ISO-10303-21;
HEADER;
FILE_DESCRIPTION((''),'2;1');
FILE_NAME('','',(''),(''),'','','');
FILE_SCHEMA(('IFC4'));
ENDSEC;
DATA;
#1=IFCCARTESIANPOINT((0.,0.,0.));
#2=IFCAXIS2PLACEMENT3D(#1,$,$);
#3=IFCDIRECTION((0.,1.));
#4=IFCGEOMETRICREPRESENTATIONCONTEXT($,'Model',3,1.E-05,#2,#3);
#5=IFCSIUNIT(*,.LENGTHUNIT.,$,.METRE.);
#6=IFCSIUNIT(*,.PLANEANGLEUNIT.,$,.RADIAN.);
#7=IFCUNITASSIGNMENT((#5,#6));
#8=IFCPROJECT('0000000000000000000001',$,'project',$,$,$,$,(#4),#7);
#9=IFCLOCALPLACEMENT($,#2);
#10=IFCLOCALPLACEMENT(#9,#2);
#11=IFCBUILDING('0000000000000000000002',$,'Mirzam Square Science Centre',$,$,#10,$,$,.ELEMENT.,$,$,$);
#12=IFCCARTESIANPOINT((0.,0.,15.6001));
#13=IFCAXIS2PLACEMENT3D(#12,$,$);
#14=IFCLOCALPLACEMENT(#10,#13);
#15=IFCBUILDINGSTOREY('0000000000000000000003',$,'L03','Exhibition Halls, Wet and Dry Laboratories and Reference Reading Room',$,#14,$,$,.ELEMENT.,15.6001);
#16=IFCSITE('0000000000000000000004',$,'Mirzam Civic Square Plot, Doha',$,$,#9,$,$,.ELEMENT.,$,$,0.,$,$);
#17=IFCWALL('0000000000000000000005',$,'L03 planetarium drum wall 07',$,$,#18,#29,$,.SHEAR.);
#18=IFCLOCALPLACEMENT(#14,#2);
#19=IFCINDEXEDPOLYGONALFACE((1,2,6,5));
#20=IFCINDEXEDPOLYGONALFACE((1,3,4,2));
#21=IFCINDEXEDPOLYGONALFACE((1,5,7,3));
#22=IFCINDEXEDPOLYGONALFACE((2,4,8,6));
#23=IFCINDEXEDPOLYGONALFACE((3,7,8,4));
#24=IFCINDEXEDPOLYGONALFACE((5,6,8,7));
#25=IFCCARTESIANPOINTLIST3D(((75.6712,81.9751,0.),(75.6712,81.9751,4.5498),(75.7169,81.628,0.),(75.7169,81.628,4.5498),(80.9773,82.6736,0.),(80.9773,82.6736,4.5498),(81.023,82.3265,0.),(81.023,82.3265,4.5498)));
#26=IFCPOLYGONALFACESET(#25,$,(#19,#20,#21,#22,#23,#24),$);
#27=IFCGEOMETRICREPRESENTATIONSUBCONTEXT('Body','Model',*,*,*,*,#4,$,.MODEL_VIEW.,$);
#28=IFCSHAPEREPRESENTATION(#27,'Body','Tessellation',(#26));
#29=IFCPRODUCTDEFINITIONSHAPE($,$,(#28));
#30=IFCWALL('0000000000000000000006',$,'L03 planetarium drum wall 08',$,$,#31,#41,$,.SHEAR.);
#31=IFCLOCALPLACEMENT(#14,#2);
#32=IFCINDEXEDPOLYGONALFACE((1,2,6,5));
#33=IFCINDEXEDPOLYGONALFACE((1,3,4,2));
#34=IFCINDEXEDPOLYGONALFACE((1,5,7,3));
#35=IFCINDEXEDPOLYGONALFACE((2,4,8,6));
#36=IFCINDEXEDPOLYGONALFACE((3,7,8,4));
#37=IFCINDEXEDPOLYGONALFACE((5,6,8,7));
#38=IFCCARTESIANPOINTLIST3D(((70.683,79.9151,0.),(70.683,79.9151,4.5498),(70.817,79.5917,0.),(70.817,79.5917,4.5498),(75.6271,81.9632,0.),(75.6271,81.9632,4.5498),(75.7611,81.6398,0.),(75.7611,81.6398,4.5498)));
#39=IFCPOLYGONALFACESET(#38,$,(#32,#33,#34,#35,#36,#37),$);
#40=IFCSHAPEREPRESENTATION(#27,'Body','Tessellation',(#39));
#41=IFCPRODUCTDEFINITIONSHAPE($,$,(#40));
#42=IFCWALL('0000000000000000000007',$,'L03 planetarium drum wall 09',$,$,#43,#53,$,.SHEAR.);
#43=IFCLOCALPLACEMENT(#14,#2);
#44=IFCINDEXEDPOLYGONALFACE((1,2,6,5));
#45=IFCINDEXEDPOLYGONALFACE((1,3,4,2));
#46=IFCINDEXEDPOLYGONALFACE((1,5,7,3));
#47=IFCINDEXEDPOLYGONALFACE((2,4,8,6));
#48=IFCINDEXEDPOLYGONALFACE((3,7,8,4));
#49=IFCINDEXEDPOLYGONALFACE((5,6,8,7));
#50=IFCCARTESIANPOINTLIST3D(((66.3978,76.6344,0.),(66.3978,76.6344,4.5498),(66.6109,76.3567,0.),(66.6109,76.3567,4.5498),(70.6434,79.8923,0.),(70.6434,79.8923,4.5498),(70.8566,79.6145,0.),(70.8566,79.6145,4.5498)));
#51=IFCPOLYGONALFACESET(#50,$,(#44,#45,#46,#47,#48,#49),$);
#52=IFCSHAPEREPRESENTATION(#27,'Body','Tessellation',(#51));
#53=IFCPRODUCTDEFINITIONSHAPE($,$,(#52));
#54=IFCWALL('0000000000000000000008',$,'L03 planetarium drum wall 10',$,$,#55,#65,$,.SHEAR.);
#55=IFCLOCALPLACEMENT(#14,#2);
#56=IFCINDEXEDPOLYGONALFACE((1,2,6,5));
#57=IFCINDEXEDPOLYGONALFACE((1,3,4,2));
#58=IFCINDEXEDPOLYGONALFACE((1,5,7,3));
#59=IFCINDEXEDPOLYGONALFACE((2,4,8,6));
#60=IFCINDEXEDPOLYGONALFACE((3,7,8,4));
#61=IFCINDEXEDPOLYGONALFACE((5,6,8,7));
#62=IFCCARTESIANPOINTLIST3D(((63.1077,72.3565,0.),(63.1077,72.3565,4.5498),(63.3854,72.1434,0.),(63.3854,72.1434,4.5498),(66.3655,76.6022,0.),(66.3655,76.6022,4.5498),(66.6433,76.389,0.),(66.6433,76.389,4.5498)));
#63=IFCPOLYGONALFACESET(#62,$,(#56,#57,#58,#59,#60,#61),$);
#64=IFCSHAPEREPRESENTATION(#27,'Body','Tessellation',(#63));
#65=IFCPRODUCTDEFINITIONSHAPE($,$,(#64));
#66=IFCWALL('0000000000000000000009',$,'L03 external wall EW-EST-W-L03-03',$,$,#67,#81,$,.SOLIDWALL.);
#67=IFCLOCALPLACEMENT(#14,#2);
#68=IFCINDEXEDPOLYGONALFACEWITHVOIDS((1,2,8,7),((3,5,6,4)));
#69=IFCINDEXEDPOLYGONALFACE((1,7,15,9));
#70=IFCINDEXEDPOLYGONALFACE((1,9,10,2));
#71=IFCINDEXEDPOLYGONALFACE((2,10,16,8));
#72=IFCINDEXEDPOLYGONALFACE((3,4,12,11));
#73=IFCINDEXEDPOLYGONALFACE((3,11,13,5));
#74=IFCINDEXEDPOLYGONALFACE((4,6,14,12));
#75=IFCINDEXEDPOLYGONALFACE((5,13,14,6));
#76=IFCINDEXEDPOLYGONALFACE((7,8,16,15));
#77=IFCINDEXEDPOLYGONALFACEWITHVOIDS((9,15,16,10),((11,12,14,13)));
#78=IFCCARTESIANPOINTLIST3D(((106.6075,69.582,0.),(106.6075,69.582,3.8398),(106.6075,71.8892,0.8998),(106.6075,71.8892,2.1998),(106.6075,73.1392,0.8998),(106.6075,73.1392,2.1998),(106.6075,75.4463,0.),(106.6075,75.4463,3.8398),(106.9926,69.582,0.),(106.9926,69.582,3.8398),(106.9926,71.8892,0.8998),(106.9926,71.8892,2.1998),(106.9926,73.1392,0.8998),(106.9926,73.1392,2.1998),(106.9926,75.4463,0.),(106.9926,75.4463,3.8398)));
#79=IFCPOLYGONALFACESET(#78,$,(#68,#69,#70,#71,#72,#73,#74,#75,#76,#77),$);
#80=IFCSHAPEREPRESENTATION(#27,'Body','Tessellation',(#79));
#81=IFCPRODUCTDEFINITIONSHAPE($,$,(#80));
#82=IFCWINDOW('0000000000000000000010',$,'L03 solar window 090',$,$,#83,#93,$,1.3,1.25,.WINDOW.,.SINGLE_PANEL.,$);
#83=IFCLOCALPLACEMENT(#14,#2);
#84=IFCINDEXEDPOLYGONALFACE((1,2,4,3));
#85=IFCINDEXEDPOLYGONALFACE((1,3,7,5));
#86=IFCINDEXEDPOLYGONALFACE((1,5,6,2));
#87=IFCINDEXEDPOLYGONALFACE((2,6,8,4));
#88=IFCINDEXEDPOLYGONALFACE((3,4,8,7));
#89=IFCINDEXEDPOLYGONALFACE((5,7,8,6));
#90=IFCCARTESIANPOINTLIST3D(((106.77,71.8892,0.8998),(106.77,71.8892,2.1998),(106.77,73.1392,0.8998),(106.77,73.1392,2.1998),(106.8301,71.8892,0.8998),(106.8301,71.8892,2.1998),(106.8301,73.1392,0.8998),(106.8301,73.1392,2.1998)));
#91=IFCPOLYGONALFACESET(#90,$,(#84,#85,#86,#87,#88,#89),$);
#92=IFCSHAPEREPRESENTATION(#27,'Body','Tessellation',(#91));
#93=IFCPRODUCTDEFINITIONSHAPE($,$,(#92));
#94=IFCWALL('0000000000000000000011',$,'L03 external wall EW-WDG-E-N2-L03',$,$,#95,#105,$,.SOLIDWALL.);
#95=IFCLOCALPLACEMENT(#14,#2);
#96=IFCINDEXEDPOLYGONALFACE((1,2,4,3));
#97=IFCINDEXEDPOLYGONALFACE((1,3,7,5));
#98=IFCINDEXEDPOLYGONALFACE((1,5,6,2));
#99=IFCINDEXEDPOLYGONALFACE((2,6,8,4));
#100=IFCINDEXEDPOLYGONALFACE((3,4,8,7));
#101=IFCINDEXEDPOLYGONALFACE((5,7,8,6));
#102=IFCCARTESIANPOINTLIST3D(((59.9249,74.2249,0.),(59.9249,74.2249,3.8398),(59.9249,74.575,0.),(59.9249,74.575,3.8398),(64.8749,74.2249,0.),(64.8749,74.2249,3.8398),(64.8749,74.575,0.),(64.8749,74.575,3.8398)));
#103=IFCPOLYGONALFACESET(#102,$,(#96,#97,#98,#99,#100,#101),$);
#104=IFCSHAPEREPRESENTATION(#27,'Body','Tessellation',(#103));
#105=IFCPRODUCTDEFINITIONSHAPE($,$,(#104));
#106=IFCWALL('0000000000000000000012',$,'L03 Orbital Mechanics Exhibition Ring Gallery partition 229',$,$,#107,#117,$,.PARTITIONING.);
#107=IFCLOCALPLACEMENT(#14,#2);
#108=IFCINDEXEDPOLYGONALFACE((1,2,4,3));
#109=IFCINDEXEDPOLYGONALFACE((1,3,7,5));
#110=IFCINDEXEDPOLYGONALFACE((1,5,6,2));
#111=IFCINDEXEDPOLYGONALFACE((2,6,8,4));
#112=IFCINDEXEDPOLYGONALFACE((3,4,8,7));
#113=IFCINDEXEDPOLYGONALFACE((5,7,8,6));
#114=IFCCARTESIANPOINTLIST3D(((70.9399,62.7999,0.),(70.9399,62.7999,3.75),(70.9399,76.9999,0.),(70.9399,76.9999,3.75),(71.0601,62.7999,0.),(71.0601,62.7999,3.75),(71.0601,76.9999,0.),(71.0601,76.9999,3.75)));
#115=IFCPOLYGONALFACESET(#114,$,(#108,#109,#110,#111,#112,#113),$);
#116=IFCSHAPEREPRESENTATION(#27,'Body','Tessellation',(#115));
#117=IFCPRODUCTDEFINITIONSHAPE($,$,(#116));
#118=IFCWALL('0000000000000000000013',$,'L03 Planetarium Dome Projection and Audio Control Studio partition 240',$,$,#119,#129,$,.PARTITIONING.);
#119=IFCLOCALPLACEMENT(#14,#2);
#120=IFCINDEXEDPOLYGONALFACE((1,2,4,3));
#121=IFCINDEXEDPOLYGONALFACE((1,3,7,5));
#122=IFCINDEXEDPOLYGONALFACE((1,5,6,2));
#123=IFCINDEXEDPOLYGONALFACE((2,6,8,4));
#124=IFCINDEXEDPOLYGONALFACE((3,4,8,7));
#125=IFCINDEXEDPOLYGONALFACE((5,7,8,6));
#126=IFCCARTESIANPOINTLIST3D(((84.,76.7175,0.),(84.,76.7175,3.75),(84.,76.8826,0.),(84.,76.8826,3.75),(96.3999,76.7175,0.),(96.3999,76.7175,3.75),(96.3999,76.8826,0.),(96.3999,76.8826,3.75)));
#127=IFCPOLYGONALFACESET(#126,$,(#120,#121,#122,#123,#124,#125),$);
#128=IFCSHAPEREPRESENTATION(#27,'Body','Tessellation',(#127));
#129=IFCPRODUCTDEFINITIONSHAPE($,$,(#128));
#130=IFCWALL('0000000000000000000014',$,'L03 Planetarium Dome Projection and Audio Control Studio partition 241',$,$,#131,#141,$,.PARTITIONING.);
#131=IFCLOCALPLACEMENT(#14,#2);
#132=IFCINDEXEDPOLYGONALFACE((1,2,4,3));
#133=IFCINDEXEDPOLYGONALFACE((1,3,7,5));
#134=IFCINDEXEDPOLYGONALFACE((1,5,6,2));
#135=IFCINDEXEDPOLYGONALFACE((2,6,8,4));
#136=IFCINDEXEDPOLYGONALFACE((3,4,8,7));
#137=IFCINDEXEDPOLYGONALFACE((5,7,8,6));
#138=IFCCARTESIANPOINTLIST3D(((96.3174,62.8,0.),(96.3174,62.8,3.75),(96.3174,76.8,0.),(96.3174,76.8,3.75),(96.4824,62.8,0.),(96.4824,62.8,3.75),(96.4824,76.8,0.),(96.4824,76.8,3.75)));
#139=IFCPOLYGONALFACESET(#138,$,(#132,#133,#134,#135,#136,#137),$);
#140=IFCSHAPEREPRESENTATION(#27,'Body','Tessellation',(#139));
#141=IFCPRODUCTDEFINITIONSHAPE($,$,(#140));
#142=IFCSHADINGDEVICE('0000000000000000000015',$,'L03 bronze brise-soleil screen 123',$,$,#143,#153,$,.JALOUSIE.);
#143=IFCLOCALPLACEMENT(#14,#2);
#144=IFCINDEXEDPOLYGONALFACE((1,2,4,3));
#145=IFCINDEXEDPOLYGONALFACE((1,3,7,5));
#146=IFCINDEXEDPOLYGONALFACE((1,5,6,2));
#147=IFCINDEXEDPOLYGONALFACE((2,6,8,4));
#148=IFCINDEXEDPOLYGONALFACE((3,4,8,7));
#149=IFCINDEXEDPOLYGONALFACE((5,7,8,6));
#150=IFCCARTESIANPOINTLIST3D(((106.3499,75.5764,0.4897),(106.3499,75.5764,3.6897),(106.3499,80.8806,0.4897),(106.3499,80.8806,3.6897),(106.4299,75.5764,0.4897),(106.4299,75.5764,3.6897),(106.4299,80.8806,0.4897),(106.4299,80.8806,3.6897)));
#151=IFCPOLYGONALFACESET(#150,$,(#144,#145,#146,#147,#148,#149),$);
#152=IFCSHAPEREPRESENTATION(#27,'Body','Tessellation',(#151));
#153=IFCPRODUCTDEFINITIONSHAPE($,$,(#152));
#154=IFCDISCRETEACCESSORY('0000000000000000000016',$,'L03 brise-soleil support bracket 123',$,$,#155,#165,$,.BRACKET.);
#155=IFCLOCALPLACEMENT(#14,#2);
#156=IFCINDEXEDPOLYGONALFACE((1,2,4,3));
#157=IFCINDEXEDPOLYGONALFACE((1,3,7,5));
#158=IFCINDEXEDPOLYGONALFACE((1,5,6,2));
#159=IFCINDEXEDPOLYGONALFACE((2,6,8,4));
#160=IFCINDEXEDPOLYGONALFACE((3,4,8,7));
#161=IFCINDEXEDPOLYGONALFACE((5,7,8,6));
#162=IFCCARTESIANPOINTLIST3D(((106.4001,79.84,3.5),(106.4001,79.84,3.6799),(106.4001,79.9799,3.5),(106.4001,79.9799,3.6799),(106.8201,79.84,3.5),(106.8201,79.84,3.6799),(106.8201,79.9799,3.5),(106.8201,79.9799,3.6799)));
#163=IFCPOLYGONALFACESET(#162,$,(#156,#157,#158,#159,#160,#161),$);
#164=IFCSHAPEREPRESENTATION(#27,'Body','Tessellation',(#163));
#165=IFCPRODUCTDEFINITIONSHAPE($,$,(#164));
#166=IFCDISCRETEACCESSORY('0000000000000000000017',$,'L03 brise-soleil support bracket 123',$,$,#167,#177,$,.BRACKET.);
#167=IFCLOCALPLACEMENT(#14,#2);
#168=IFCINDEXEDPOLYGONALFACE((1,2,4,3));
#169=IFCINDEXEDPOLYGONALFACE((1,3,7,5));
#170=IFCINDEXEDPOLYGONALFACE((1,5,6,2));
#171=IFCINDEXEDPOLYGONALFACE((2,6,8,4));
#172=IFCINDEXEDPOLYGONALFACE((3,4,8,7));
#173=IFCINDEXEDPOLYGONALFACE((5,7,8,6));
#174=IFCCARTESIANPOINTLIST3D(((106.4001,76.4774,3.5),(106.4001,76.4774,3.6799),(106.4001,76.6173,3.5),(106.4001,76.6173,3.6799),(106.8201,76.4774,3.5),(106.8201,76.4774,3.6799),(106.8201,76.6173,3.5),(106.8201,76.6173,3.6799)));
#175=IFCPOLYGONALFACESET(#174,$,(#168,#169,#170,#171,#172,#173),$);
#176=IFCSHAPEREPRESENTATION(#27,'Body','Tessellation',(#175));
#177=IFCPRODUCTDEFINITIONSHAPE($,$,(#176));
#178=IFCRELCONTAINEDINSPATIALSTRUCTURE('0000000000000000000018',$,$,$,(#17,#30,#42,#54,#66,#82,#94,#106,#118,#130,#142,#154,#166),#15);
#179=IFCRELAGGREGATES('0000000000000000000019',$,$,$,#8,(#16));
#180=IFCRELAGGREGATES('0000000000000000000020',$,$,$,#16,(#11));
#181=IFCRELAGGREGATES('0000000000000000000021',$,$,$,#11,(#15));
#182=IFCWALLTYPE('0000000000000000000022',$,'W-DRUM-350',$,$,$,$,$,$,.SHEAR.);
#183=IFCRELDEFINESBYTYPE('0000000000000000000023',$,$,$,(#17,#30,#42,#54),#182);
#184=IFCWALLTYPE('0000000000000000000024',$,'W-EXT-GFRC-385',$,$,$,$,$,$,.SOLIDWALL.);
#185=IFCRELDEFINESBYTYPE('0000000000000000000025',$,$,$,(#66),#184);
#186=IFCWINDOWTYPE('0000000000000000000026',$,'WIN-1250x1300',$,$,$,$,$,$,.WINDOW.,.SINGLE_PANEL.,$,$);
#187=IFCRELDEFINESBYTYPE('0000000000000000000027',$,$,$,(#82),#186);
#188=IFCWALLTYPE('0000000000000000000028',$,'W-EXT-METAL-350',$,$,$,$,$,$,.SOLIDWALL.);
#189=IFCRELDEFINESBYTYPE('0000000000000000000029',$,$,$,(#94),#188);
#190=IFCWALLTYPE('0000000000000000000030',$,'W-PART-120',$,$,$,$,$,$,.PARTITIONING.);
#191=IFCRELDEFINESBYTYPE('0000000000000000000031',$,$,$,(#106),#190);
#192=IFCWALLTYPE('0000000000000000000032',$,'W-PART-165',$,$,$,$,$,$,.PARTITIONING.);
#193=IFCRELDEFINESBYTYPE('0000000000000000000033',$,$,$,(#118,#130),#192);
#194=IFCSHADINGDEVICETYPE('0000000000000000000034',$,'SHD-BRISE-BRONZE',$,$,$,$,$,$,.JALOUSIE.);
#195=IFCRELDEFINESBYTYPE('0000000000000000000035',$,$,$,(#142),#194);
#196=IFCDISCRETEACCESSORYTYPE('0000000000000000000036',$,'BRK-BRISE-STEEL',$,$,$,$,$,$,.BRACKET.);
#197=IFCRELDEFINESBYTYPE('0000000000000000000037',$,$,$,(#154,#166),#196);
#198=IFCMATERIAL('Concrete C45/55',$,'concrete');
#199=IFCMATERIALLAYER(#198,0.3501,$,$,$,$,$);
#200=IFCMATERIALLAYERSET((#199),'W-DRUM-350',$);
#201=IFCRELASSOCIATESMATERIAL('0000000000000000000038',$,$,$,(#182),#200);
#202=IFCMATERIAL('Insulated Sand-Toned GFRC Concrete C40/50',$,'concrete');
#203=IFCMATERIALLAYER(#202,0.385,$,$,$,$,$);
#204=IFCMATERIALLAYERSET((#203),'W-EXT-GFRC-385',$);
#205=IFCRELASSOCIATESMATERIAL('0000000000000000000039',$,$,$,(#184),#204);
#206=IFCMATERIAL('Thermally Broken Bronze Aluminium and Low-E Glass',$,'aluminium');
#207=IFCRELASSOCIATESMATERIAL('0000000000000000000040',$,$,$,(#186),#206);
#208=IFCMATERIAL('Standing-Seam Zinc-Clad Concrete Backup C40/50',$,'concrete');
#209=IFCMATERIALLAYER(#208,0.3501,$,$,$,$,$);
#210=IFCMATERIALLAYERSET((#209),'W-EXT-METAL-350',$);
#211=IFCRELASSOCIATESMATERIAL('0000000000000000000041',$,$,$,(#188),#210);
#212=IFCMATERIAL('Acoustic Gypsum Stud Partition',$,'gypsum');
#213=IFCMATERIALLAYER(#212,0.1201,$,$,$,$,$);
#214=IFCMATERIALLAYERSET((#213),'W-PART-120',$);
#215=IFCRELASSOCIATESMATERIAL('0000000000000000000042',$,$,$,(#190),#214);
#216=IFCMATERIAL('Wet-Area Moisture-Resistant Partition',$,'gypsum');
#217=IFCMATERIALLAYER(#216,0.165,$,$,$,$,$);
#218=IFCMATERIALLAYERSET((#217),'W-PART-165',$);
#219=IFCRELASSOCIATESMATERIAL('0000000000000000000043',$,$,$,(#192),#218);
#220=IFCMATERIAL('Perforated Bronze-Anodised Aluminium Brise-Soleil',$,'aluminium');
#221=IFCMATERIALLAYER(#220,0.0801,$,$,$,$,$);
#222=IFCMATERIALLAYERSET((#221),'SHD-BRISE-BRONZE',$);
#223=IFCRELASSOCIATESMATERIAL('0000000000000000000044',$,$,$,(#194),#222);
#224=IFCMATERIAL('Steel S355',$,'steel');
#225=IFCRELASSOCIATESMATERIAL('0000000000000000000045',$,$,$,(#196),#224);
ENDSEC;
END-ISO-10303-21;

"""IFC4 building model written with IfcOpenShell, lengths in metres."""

from ifc_helpers import new_model, si_unit, direction, frame, frame_2d, origin, origin_2d, place, context, subcontext, project, spatial, rectangle, extrude, material, layer, layer_set, type_object, element, fill, save


model = new_model("IFC4")

# Units and contexts
model_context = context("Model", 3, precision=1e-05, world=origin(), true_north=direction((0.0, 1.0)))
body_context = subcontext(model_context, "Body", "Model", "MODEL_VIEW")
ifc_project = project(units=[si_unit("LENGTHUNIT", "METRE"), si_unit("PLANEANGLEUNIT", "RADIAN")], contexts=[model_context])

# Site, building, storey
site_placement = place(None, origin())
site = spatial("IfcSite", under=ifc_project, at=site_placement, Name="Mirzam Civic Square Plot, Doha", CompositionType="ELEMENT", RefElevation=0.0)
building_placement = place(site_placement, origin())
building = spatial("IfcBuilding", under=site, at=building_placement, Name="Mirzam Square Science Centre", CompositionType="ELEMENT")
storey_placement = place(building_placement, frame((0.0, 0.0, 15.6001)))
storey = spatial("IfcBuildingStorey", under=building, at=storey_placement, Name="L03", Description="Exhibition Halls, Wet and Dry Laboratories and Reference Reading Room", CompositionType="ELEMENT", Elevation=15.6001)

# Shared definitions
ifc_material_1 = material(Name="Steel S355", Category="steel")
ifc_material_2 = material(Name="Concrete C45/55", Category="concrete")

# Walls
ifc_layer_1 = layer(ifc_material_2, 0.3501)
ifc_layer_set_1 = layer_set([ifc_layer_1], Name="W-DRUM-350")
wall_type_1 = type_object("IfcWallType", Name="W-DRUM-350", PredefinedType="SHEAR", material=ifc_layer_set_1)
for number, where, z_axis, x_axis, name in (
    (1, (81.0, 82.5, 0.0), (0.0, 0.0, 1.0), (-0.991446, -0.130517, 0.0), "L03 planetarium drum wall 07"),
):
    element("IfcWall", number, at=place(storey_placement, frame(where, z_axis=z_axis, x_axis=x_axis)), inside=storey, type_object=wall_type_1, Name=name, PredefinedType="SHEAR", context=body_context, shape_type="SweptSolid", body=[
        extrude(rectangle(XDim=5.3518, YDim=0.3501, at=frame_2d((2.6758, 0.0))), origin(), (0.0, 0.0, 1.0), 4.5498),
    ])
for number, where, z_axis, x_axis, name in (
    (2, (75.6941, 81.8015, 0.0), (0.0, 0.0, 1.0), (-0.923867, -0.382713, 0.0), "L03 planetarium drum wall 08"),
    (3, (70.75, 79.7534, 0.0), (0.0, 0.0, 1.0), (-0.793349, -0.608767, 0.0), "L03 planetarium drum wall 09"),
    (4, (66.5044, 76.4956, 0.0), (0.0, 0.0, 1.0), (-0.608767, -0.793349, 0.0), "L03 planetarium drum wall 10"),
):
    element("IfcWall", number, at=place(storey_placement, frame(where, z_axis=z_axis, x_axis=x_axis)), inside=storey, type_object=wall_type_1, Name=name, PredefinedType="SHEAR", context=body_context, shape_type="SweptSolid", body=[
        extrude(rectangle(XDim=5.3516, YDim=0.3501, at=frame_2d((2.6758, 0.0))), origin(), (0.0, 0.0, 1.0), 4.5498),
    ])

# Wall, opening, window
ifc_material_3 = material(Name="Insulated Sand-Toned GFRC Concrete C40/50", Category="concrete")
ifc_layer_2 = layer(ifc_material_3, 0.385)
ifc_layer_set_2 = layer_set([ifc_layer_2], Name="W-EXT-GFRC-385")
wall_type_2 = type_object("IfcWallType", Name="W-EXT-GFRC-385", PredefinedType="SOLIDWALL", material=ifc_layer_set_2)
wall_1_placement = place(storey_placement, frame((106.8, 75.4463, 0.0), z_axis=(0.0, 0.0, 1.0), x_axis=(0.0, -1.0, 0.0)))
wall_1 = element("IfcWall", 5, at=wall_1_placement, inside=storey, type_object=wall_type_2, Name="L03 external wall EW-EST-W-L03-03", PredefinedType="SOLIDWALL", context=body_context, shape_type="SweptSolid", body=[
    extrude(rectangle(XDim=5.8643, YDim=0.385, at=frame_2d((2.9321, 0.0))), origin(), (0.0, 0.0, 1.0), 3.8398),
])
opening_placement = place(wall_1_placement, frame((2.3071, 0.0, 0.8999)))
opening = element("IfcOpeningElement", 6, at=opening_placement, cuts=wall_1, PredefinedType="OPENING", context=body_context, shape_type="SweptSolid", body=[
    extrude(rectangle(XDim=1.25, YDim=1.3, at=frame_2d((0.625, 0.6499))), frame((0.0, 0.2024, 0.0), z_axis=(0.0, -1.0, 0.0), x_axis=(1.0, 0.0, 0.0)), (0.0, 0.0, 1.0), 0.405),
])
ifc_material_4 = material(Name="Thermally Broken Bronze Aluminium and Low-E Glass", Category="aluminium")
window_type = type_object("IfcWindowType", Name="WIN-1250x1300", PartitioningType="SINGLE_PANEL", PredefinedType="WINDOW", material=ifc_material_4)
window_placement = place(opening_placement, origin())
window = element("IfcWindow", 7, at=window_placement, inside=storey, type_object=window_type, Name="L03 solar window 090", OverallHeight=1.3, OverallWidth=1.25, PartitioningType="SINGLE_PANEL", PredefinedType="WINDOW", context=body_context, shape_type="SweptSolid", body=[
    extrude(rectangle(XDim=1.25, YDim=1.3, at=frame_2d((0.625, 0.6499))), frame((0.0, 0.03, 0.0), z_axis=(0.0, -1.0, 0.0), x_axis=(1.0, 0.0, 0.0)), (0.0, 0.0, 1.0), 0.0601),
])
fill(opening, window)

# Walls
ifc_material_5 = material(Name="Standing-Seam Zinc-Clad Concrete Backup C40/50", Category="concrete")
ifc_layer_3 = layer(ifc_material_5, 0.3501)
ifc_layer_set_3 = layer_set([ifc_layer_3], Name="W-EXT-METAL-350")
wall_type_3 = type_object("IfcWallType", Name="W-EXT-METAL-350", PredefinedType="SOLIDWALL", material=ifc_layer_set_3)
wall_2_placement = place(storey_placement, frame((64.875, 74.3999, 0.0), z_axis=(0.0, 0.0, 1.0), x_axis=(-1.0, 0.0, 0.0)))
element("IfcWall", 8, at=wall_2_placement, inside=storey, type_object=wall_type_3, Name="L03 external wall EW-WDG-E-N2-L03", PredefinedType="SOLIDWALL", context=body_context, shape_type="SweptSolid", body=[
    extrude(rectangle(XDim=4.95, YDim=0.3501, at=frame_2d((2.4751, 0.0))), origin(), (0.0, 0.0, 1.0), 3.8398),
])
ifc_material_6 = material(Name="Acoustic Gypsum Stud Partition", Category="gypsum")
ifc_layer_4 = layer(ifc_material_6, 0.1201)
ifc_layer_set_4 = layer_set([ifc_layer_4], Name="W-PART-120")
wall_type_4 = type_object("IfcWallType", Name="W-PART-120", PredefinedType="PARTITIONING", material=ifc_layer_set_4)
wall_3_placement = place(storey_placement, frame((71.0, 77.0, 0.0), z_axis=(0.0, 0.0, 1.0), x_axis=(0.0, -1.0, 0.0)))
element("IfcWall", 9, at=wall_3_placement, inside=storey, type_object=wall_type_4, Name="L03 Orbital Mechanics Exhibition Ring Gallery partition 229", PredefinedType="PARTITIONING", context=body_context, shape_type="SweptSolid", body=[
    extrude(rectangle(XDim=14.2, YDim=0.1201, at=frame_2d((7.1001, 0.0))), origin(), (0.0, 0.0, 1.0), 3.75),
])
ifc_material_7 = material(Name="Wet-Area Moisture-Resistant Partition", Category="gypsum")
ifc_layer_5 = layer(ifc_material_7, 0.165)
ifc_layer_set_5 = layer_set([ifc_layer_5], Name="W-PART-165")
wall_type_5 = type_object("IfcWallType", Name="W-PART-165", PredefinedType="PARTITIONING", material=ifc_layer_set_5)
wall_4_placement = place(storey_placement, frame((84.0, 76.8, 0.0), z_axis=(0.0, 0.0, 1.0), x_axis=(1.0, 0.0, 0.0)))
element("IfcWall", 10, at=wall_4_placement, inside=storey, type_object=wall_type_5, Name="L03 Planetarium Dome Projection and Audio Control Studio partition 240", PredefinedType="PARTITIONING", context=body_context, shape_type="SweptSolid", body=[
    extrude(rectangle(XDim=12.3999, YDim=0.165, at=frame_2d((6.2, 0.0))), origin(), (0.0, 0.0, 1.0), 3.75),
])
wall_5_placement = place(storey_placement, frame((96.3999, 76.8, 0.0), z_axis=(0.0, 0.0, 1.0), x_axis=(0.0, -1.0, 0.0)))
element("IfcWall", 11, at=wall_5_placement, inside=storey, type_object=wall_type_5, Name="L03 Planetarium Dome Projection and Audio Control Studio partition 241", PredefinedType="PARTITIONING", context=body_context, shape_type="SweptSolid", body=[
    extrude(rectangle(XDim=14.0, YDim=0.165, at=frame_2d((7.0, 0.0))), origin(), (0.0, 0.0, 1.0), 3.75),
])

# Shading device
ifc_material_8 = material(Name="Perforated Bronze-Anodised Aluminium Brise-Soleil", Category="aluminium")
ifc_layer_6 = layer(ifc_material_8, 0.0801)
ifc_layer_set_6 = layer_set([ifc_layer_6], Name="SHD-BRISE-BRONZE")
shading_device_type = type_object("IfcShadingDeviceType", Name="SHD-BRISE-BRONZE", PredefinedType="JALOUSIE", material=ifc_layer_set_6)
shading_device_placement = place(storey_placement, frame((106.3899, 78.2285, 0.4897), z_axis=(0.0, 0.0, 1.0), x_axis=(0.0, -1.0, 0.0)))
element("IfcShadingDevice", 12, at=shading_device_placement, inside=storey, type_object=shading_device_type, Name="L03 bronze brise-soleil screen 123", PredefinedType="JALOUSIE", context=body_context, shape_type="SweptSolid", body=[
    extrude(rectangle(XDim=5.3042, YDim=0.0801, at=origin_2d()), origin(), (0.0, 0.0, 1.0), 3.2),
])

# Discrete accessories
discrete_accessory_type = type_object("IfcDiscreteAccessoryType", Name="BRK-BRISE-STEEL", PredefinedType="BRACKET", material=ifc_material_1)
for number, where, z_axis, x_axis, name in (
    (13, (106.6101, 79.9099, 3.5), (0.0, 0.0, 1.0), (0.0, -1.0, 0.0), "L03 brise-soleil support bracket 123"),
    (14, (106.6101, 76.5474, 3.5), (0.0, 0.0, 1.0), (0.0, -1.0, 0.0), "L03 brise-soleil support bracket 123"),
):
    element("IfcDiscreteAccessory", number, at=place(storey_placement, frame(where, z_axis=z_axis, x_axis=x_axis)), inside=storey, type_object=discrete_accessory_type, Name=name, PredefinedType="BRACKET", context=body_context, shape_type="SweptSolid", body=[
        extrude(rectangle(XDim=0.1399, YDim=0.4199, at=origin_2d()), origin(), (0.0, 0.0, 1.0), 0.1799),
    ])

save(model, "model.ifc")
